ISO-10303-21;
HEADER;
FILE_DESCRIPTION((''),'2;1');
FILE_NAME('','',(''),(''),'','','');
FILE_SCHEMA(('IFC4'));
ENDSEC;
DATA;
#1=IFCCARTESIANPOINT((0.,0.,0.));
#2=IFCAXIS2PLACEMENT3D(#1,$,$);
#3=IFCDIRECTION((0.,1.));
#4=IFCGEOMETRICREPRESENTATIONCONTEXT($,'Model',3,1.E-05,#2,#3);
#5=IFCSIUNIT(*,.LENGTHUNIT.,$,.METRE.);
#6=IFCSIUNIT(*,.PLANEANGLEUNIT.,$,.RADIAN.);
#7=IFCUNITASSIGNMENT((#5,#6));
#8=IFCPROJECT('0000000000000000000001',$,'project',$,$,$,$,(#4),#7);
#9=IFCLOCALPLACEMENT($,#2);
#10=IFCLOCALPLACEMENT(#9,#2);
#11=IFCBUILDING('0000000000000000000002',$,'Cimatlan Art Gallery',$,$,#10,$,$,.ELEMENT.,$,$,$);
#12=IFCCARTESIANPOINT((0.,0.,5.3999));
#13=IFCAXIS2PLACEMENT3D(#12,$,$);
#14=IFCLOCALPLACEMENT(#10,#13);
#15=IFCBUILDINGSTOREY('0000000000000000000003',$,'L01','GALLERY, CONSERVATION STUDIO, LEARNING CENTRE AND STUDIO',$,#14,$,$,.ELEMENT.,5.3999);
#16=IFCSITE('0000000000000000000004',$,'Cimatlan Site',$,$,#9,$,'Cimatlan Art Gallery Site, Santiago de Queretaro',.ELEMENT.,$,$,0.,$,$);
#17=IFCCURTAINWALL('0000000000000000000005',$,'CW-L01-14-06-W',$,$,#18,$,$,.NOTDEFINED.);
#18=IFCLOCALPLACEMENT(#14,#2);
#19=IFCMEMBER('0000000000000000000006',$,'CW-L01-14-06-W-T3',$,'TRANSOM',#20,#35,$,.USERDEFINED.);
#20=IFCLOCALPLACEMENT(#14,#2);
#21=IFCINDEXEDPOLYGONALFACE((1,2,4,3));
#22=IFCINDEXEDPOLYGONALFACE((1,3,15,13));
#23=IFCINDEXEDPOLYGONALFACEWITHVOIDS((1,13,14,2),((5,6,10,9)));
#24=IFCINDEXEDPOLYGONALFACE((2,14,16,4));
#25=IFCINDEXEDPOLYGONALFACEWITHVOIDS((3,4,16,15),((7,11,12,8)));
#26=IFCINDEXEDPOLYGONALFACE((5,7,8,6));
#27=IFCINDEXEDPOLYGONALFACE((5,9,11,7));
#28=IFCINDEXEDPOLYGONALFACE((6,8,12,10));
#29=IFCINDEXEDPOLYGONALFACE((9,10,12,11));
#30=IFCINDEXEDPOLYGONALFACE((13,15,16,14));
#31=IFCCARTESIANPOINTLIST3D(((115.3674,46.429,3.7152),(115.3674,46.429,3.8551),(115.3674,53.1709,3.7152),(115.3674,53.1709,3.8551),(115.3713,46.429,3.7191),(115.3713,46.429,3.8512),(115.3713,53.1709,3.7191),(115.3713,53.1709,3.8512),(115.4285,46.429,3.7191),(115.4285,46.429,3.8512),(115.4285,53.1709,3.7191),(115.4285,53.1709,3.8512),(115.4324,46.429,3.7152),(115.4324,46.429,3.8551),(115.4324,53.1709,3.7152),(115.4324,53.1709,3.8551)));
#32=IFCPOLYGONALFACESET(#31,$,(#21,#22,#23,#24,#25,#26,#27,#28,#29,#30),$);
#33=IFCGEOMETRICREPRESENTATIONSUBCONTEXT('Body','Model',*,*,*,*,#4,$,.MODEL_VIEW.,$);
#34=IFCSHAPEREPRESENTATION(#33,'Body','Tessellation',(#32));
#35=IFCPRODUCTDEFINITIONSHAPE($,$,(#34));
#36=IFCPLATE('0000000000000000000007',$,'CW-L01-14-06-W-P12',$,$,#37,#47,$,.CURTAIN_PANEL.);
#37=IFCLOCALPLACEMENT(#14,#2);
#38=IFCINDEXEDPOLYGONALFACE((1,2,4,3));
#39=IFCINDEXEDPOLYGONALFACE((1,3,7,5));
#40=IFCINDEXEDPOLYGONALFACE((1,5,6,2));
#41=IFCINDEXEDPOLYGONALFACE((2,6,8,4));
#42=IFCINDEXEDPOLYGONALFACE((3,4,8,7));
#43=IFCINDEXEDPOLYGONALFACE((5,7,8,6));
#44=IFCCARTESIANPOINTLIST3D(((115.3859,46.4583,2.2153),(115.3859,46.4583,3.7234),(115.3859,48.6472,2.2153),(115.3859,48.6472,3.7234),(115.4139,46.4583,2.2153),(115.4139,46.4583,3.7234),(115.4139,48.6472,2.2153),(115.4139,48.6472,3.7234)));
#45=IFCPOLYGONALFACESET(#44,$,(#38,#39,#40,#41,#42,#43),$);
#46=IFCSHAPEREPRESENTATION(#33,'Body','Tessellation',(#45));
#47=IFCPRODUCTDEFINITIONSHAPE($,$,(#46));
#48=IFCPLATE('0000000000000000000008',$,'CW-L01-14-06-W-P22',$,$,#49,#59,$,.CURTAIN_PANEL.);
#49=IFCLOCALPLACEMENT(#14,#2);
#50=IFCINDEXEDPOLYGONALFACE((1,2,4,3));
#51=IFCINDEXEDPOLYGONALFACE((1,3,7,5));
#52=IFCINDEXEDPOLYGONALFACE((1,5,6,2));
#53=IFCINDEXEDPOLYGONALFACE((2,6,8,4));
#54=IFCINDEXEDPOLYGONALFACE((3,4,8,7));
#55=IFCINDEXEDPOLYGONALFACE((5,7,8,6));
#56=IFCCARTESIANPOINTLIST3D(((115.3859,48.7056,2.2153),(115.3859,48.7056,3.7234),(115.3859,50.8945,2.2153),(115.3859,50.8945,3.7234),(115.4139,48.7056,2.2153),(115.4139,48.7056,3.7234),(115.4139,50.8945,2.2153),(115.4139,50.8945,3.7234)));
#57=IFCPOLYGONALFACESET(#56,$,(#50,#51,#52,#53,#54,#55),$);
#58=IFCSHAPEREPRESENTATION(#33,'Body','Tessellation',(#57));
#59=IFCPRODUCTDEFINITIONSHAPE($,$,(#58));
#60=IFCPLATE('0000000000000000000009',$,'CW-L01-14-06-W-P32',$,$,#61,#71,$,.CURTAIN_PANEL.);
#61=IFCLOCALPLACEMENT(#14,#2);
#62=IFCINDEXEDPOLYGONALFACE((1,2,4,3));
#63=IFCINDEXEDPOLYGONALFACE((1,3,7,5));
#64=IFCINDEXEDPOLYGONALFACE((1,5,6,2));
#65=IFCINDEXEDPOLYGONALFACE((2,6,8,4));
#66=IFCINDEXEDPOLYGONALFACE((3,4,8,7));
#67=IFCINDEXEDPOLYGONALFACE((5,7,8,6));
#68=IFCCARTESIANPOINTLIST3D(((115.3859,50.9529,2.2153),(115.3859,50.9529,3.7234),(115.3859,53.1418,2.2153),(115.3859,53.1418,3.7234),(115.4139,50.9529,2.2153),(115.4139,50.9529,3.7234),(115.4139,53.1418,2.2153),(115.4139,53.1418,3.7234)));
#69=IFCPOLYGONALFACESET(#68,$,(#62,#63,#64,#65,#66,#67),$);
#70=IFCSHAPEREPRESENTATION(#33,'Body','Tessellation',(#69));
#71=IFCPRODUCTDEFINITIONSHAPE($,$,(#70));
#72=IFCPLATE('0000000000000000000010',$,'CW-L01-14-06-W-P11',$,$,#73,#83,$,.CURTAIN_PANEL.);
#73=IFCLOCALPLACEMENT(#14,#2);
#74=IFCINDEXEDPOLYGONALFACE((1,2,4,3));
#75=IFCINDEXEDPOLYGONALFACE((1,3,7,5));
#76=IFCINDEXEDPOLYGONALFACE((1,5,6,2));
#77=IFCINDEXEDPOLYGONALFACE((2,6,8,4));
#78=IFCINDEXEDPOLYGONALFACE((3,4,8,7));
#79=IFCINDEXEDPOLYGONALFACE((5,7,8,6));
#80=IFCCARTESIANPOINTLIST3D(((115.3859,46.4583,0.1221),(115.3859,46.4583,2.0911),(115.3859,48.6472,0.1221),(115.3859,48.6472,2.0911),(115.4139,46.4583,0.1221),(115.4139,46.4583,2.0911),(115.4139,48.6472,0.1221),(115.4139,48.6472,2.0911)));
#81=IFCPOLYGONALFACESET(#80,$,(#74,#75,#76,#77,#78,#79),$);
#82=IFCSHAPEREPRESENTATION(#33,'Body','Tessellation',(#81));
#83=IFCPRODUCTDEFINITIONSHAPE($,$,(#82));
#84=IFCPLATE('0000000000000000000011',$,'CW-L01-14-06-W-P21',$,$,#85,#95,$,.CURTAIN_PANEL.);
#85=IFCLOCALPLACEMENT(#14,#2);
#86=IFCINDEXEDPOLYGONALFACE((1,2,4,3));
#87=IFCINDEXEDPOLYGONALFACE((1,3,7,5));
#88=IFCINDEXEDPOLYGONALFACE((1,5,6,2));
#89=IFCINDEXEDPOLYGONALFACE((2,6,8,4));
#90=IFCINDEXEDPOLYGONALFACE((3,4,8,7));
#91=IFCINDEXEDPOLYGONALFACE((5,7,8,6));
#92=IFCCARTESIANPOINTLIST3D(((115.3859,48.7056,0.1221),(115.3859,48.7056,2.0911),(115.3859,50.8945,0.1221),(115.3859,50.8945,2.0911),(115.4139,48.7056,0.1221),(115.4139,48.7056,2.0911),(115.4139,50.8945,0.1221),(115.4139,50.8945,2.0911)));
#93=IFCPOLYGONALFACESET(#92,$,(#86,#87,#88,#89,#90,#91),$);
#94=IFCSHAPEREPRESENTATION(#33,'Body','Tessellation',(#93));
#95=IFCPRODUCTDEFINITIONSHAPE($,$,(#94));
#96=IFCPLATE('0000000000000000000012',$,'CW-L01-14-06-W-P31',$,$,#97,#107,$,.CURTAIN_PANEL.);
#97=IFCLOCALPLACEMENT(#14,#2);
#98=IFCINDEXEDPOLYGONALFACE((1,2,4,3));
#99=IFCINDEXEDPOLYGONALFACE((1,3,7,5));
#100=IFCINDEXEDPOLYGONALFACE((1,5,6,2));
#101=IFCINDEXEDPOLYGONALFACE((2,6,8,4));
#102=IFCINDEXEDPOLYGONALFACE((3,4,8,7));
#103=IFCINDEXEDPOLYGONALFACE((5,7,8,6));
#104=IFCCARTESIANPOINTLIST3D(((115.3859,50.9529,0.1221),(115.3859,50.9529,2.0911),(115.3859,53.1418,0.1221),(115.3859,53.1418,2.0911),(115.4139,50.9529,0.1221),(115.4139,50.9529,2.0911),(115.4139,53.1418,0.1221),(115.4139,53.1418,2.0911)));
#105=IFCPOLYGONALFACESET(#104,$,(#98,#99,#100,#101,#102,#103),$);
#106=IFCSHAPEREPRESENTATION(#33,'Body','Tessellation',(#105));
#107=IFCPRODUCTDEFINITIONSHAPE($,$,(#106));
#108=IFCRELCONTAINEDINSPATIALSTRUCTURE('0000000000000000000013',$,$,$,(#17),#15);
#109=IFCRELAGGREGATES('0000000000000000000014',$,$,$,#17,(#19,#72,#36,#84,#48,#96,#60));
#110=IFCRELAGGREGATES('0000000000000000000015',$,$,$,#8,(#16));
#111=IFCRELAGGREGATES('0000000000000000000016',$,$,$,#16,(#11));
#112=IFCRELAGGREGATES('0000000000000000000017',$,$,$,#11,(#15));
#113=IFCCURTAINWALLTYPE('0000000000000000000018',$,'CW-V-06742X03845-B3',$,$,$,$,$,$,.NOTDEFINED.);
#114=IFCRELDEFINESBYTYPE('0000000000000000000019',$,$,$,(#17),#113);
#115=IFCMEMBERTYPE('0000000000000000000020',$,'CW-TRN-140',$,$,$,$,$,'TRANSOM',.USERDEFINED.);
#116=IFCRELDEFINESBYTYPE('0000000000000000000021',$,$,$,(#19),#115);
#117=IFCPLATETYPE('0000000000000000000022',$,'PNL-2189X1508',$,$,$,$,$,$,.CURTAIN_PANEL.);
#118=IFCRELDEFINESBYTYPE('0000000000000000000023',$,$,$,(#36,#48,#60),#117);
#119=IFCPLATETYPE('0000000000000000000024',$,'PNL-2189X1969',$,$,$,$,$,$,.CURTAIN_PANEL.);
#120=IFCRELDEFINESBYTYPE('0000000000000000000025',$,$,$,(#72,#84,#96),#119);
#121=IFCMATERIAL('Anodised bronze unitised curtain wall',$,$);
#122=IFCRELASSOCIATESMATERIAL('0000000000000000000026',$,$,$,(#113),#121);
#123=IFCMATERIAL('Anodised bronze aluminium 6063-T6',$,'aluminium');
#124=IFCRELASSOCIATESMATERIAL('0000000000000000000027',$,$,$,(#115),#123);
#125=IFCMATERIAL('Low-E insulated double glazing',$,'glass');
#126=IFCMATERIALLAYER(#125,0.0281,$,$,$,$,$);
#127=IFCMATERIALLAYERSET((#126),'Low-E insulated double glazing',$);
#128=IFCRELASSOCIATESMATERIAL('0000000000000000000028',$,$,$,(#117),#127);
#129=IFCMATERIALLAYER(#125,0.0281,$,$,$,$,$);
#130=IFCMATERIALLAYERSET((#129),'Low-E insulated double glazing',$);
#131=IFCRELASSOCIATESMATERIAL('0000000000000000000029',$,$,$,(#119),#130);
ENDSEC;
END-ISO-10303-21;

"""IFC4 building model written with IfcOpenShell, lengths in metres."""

from ifc_helpers import new_model, si_unit, direction, frame, origin, origin_2d, place, context, subcontext, project, spatial, rectangle, hollow_rectangle, extrude, material, layer, layer_set, material_profile, profile_set, type_object, element, aggregate, save


model = new_model("IFC4")

# Units and contexts
model_context = context("Model", 3, precision=1e-05, world=origin(), true_north=direction((0.0, 1.0)))
body_context = subcontext(model_context, "Body", "Model", "MODEL_VIEW")
ifc_project = project(units=[si_unit("LENGTHUNIT", "METRE"), si_unit("PLANEANGLEUNIT", "RADIAN")], contexts=[model_context])

# Site, building, storey
site_placement = place(None, origin())
site = spatial("IfcSite", under=ifc_project, at=site_placement, Name="Cimatlan Site", LongName="Cimatlan Art Gallery Site, Santiago de Queretaro", CompositionType="ELEMENT", RefElevation=0.0)
building_placement = place(site_placement, origin())
building = spatial("IfcBuilding", under=site, at=building_placement, Name="Cimatlan Art Gallery", CompositionType="ELEMENT")
storey_placement = place(building_placement, frame((0.0, 0.0, 5.3999)))
storey = spatial("IfcBuildingStorey", under=building, at=storey_placement, Name="L01", Description="GALLERY, CONSERVATION STUDIO, LEARNING CENTRE AND STUDIO", CompositionType="ELEMENT", Elevation=5.3999)

# Curtain wall, member, plates
ifc_material_1 = material(Name="Anodised bronze unitised curtain wall")
curtain_wall_type = type_object("IfcCurtainWallType", Name="CW-V-06742X03845-B3", PredefinedType="NOTDEFINED", material=ifc_material_1)
curtain_wall_placement = place(storey_placement, origin())
curtain_wall = element("IfcCurtainWall", 1, at=curtain_wall_placement, inside=storey, type_object=curtain_wall_type, Name="CW-L01-14-06-W", PredefinedType="NOTDEFINED")
ifc_material_2 = material(Name="Anodised bronze aluminium 6063-T6", Category="aluminium")
ifc_material_profile_1 = material_profile(ifc_material_2, hollow_rectangle(XDim=0.0649, YDim=0.1399, WallThickness=0.0039, at=origin_2d()), Name="ALU65X140X4")
ifc_profile_set_1 = profile_set([ifc_material_profile_1], Name="Anodised bronze aluminium 6063-T6")
member_type_1 = type_object("IfcMemberType", Name="CW-TRN-140", ElementType="TRANSOM", PredefinedType="USERDEFINED", material=ifc_profile_set_1)
member_1_placement = place(storey_placement, frame((115.3999, 46.429, 3.7852), z_axis=(0.0, 1.0, 0.0), x_axis=(-1.0, 0.0, 0.0)))
member_1 = element("IfcMember", 2, at=member_1_placement, type_object=member_type_1, Name="CW-L01-14-06-W-T3", ObjectType="TRANSOM", PredefinedType="USERDEFINED", context=body_context, shape_type="SweptSolid", body=[
    extrude(hollow_rectangle(XDim=0.0649, YDim=0.1399, WallThickness=0.0039, at=origin_2d()), origin(), (0.0, 0.0, 1.0), 6.7419),
])
ifc_material_3 = material(Name="Low-E insulated double glazing", Category="glass")
ifc_layer_1 = layer(ifc_material_3, 0.0281)
ifc_layer_set_1 = layer_set([ifc_layer_1], Name="Low-E insulated double glazing")
plate_type_1 = type_object("IfcPlateType", Name="PNL-2189X1508", PredefinedType="CURTAIN_PANEL", material=ifc_layer_set_1)
plate_1_placement = place(storey_placement, frame((115.3999, 47.5527, 2.2153), z_axis=(0.0, 0.0, 1.0), x_axis=(0.0, 1.0, 0.0)))
plate_1 = element("IfcPlate", 3, at=plate_1_placement, type_object=plate_type_1, Name="CW-L01-14-06-W-P12", PredefinedType="CURTAIN_PANEL", context=body_context, shape_type="SweptSolid", body=[
    extrude(rectangle(XDim=2.189, YDim=0.0281, at=origin_2d()), origin(), (0.0, 0.0, 1.0), 1.5081),
])
plate_2_placement = place(storey_placement, frame((115.3999, 49.8, 2.2153), z_axis=(0.0, 0.0, 1.0), x_axis=(0.0, 1.0, 0.0)))
plate_2 = element("IfcPlate", 4, at=plate_2_placement, type_object=plate_type_1, Name="CW-L01-14-06-W-P22", PredefinedType="CURTAIN_PANEL", context=body_context, shape_type="SweptSolid", body=[
    extrude(rectangle(XDim=2.189, YDim=0.0281, at=origin_2d()), origin(), (0.0, 0.0, 1.0), 1.5081),
])
plate_3_placement = place(storey_placement, frame((115.3999, 52.0474, 2.2153), z_axis=(0.0, 0.0, 1.0), x_axis=(0.0, 1.0, 0.0)))
plate_3 = element("IfcPlate", 5, at=plate_3_placement, type_object=plate_type_1, Name="CW-L01-14-06-W-P32", PredefinedType="CURTAIN_PANEL", context=body_context, shape_type="SweptSolid", body=[
    extrude(rectangle(XDim=2.189, YDim=0.0281, at=origin_2d()), origin(), (0.0, 0.0, 1.0), 1.5081),
])
ifc_layer_2 = layer(ifc_material_3, 0.0281)
ifc_layer_set_2 = layer_set([ifc_layer_2], Name="Low-E insulated double glazing")
plate_type_2 = type_object("IfcPlateType", Name="PNL-2189X1969", PredefinedType="CURTAIN_PANEL", material=ifc_layer_set_2)
plate_4_placement = place(storey_placement, frame((115.3999, 47.5527, 0.1221), z_axis=(0.0, 0.0, 1.0), x_axis=(0.0, 1.0, 0.0)))
plate_4 = element("IfcPlate", 6, at=plate_4_placement, type_object=plate_type_2, Name="CW-L01-14-06-W-P11", PredefinedType="CURTAIN_PANEL", context=body_context, shape_type="SweptSolid", body=[
    extrude(rectangle(XDim=2.189, YDim=0.0281, at=origin_2d()), origin(), (0.0, 0.0, 1.0), 1.969),
])
plate_5_placement = place(storey_placement, frame((115.3999, 49.8, 0.1221), z_axis=(0.0, 0.0, 1.0), x_axis=(0.0, 1.0, 0.0)))
plate_5 = element("IfcPlate", 7, at=plate_5_placement, type_object=plate_type_2, Name="CW-L01-14-06-W-P21", PredefinedType="CURTAIN_PANEL", context=body_context, shape_type="SweptSolid", body=[
    extrude(rectangle(XDim=2.189, YDim=0.0281, at=origin_2d()), origin(), (0.0, 0.0, 1.0), 1.969),
])
plate_6_placement = place(storey_placement, frame((115.3999, 52.0474, 0.1221), z_axis=(0.0, 0.0, 1.0), x_axis=(0.0, 1.0, 0.0)))
plate_6 = element("IfcPlate", 8, at=plate_6_placement, type_object=plate_type_2, Name="CW-L01-14-06-W-P31", PredefinedType="CURTAIN_PANEL", context=body_context, shape_type="SweptSolid", body=[
    extrude(rectangle(XDim=2.189, YDim=0.0281, at=origin_2d()), origin(), (0.0, 0.0, 1.0), 1.969),
])
aggregate(curtain_wall, [member_1, plate_4, plate_1, plate_5, plate_2, plate_6, plate_3])

save(model, "model.ifc")
